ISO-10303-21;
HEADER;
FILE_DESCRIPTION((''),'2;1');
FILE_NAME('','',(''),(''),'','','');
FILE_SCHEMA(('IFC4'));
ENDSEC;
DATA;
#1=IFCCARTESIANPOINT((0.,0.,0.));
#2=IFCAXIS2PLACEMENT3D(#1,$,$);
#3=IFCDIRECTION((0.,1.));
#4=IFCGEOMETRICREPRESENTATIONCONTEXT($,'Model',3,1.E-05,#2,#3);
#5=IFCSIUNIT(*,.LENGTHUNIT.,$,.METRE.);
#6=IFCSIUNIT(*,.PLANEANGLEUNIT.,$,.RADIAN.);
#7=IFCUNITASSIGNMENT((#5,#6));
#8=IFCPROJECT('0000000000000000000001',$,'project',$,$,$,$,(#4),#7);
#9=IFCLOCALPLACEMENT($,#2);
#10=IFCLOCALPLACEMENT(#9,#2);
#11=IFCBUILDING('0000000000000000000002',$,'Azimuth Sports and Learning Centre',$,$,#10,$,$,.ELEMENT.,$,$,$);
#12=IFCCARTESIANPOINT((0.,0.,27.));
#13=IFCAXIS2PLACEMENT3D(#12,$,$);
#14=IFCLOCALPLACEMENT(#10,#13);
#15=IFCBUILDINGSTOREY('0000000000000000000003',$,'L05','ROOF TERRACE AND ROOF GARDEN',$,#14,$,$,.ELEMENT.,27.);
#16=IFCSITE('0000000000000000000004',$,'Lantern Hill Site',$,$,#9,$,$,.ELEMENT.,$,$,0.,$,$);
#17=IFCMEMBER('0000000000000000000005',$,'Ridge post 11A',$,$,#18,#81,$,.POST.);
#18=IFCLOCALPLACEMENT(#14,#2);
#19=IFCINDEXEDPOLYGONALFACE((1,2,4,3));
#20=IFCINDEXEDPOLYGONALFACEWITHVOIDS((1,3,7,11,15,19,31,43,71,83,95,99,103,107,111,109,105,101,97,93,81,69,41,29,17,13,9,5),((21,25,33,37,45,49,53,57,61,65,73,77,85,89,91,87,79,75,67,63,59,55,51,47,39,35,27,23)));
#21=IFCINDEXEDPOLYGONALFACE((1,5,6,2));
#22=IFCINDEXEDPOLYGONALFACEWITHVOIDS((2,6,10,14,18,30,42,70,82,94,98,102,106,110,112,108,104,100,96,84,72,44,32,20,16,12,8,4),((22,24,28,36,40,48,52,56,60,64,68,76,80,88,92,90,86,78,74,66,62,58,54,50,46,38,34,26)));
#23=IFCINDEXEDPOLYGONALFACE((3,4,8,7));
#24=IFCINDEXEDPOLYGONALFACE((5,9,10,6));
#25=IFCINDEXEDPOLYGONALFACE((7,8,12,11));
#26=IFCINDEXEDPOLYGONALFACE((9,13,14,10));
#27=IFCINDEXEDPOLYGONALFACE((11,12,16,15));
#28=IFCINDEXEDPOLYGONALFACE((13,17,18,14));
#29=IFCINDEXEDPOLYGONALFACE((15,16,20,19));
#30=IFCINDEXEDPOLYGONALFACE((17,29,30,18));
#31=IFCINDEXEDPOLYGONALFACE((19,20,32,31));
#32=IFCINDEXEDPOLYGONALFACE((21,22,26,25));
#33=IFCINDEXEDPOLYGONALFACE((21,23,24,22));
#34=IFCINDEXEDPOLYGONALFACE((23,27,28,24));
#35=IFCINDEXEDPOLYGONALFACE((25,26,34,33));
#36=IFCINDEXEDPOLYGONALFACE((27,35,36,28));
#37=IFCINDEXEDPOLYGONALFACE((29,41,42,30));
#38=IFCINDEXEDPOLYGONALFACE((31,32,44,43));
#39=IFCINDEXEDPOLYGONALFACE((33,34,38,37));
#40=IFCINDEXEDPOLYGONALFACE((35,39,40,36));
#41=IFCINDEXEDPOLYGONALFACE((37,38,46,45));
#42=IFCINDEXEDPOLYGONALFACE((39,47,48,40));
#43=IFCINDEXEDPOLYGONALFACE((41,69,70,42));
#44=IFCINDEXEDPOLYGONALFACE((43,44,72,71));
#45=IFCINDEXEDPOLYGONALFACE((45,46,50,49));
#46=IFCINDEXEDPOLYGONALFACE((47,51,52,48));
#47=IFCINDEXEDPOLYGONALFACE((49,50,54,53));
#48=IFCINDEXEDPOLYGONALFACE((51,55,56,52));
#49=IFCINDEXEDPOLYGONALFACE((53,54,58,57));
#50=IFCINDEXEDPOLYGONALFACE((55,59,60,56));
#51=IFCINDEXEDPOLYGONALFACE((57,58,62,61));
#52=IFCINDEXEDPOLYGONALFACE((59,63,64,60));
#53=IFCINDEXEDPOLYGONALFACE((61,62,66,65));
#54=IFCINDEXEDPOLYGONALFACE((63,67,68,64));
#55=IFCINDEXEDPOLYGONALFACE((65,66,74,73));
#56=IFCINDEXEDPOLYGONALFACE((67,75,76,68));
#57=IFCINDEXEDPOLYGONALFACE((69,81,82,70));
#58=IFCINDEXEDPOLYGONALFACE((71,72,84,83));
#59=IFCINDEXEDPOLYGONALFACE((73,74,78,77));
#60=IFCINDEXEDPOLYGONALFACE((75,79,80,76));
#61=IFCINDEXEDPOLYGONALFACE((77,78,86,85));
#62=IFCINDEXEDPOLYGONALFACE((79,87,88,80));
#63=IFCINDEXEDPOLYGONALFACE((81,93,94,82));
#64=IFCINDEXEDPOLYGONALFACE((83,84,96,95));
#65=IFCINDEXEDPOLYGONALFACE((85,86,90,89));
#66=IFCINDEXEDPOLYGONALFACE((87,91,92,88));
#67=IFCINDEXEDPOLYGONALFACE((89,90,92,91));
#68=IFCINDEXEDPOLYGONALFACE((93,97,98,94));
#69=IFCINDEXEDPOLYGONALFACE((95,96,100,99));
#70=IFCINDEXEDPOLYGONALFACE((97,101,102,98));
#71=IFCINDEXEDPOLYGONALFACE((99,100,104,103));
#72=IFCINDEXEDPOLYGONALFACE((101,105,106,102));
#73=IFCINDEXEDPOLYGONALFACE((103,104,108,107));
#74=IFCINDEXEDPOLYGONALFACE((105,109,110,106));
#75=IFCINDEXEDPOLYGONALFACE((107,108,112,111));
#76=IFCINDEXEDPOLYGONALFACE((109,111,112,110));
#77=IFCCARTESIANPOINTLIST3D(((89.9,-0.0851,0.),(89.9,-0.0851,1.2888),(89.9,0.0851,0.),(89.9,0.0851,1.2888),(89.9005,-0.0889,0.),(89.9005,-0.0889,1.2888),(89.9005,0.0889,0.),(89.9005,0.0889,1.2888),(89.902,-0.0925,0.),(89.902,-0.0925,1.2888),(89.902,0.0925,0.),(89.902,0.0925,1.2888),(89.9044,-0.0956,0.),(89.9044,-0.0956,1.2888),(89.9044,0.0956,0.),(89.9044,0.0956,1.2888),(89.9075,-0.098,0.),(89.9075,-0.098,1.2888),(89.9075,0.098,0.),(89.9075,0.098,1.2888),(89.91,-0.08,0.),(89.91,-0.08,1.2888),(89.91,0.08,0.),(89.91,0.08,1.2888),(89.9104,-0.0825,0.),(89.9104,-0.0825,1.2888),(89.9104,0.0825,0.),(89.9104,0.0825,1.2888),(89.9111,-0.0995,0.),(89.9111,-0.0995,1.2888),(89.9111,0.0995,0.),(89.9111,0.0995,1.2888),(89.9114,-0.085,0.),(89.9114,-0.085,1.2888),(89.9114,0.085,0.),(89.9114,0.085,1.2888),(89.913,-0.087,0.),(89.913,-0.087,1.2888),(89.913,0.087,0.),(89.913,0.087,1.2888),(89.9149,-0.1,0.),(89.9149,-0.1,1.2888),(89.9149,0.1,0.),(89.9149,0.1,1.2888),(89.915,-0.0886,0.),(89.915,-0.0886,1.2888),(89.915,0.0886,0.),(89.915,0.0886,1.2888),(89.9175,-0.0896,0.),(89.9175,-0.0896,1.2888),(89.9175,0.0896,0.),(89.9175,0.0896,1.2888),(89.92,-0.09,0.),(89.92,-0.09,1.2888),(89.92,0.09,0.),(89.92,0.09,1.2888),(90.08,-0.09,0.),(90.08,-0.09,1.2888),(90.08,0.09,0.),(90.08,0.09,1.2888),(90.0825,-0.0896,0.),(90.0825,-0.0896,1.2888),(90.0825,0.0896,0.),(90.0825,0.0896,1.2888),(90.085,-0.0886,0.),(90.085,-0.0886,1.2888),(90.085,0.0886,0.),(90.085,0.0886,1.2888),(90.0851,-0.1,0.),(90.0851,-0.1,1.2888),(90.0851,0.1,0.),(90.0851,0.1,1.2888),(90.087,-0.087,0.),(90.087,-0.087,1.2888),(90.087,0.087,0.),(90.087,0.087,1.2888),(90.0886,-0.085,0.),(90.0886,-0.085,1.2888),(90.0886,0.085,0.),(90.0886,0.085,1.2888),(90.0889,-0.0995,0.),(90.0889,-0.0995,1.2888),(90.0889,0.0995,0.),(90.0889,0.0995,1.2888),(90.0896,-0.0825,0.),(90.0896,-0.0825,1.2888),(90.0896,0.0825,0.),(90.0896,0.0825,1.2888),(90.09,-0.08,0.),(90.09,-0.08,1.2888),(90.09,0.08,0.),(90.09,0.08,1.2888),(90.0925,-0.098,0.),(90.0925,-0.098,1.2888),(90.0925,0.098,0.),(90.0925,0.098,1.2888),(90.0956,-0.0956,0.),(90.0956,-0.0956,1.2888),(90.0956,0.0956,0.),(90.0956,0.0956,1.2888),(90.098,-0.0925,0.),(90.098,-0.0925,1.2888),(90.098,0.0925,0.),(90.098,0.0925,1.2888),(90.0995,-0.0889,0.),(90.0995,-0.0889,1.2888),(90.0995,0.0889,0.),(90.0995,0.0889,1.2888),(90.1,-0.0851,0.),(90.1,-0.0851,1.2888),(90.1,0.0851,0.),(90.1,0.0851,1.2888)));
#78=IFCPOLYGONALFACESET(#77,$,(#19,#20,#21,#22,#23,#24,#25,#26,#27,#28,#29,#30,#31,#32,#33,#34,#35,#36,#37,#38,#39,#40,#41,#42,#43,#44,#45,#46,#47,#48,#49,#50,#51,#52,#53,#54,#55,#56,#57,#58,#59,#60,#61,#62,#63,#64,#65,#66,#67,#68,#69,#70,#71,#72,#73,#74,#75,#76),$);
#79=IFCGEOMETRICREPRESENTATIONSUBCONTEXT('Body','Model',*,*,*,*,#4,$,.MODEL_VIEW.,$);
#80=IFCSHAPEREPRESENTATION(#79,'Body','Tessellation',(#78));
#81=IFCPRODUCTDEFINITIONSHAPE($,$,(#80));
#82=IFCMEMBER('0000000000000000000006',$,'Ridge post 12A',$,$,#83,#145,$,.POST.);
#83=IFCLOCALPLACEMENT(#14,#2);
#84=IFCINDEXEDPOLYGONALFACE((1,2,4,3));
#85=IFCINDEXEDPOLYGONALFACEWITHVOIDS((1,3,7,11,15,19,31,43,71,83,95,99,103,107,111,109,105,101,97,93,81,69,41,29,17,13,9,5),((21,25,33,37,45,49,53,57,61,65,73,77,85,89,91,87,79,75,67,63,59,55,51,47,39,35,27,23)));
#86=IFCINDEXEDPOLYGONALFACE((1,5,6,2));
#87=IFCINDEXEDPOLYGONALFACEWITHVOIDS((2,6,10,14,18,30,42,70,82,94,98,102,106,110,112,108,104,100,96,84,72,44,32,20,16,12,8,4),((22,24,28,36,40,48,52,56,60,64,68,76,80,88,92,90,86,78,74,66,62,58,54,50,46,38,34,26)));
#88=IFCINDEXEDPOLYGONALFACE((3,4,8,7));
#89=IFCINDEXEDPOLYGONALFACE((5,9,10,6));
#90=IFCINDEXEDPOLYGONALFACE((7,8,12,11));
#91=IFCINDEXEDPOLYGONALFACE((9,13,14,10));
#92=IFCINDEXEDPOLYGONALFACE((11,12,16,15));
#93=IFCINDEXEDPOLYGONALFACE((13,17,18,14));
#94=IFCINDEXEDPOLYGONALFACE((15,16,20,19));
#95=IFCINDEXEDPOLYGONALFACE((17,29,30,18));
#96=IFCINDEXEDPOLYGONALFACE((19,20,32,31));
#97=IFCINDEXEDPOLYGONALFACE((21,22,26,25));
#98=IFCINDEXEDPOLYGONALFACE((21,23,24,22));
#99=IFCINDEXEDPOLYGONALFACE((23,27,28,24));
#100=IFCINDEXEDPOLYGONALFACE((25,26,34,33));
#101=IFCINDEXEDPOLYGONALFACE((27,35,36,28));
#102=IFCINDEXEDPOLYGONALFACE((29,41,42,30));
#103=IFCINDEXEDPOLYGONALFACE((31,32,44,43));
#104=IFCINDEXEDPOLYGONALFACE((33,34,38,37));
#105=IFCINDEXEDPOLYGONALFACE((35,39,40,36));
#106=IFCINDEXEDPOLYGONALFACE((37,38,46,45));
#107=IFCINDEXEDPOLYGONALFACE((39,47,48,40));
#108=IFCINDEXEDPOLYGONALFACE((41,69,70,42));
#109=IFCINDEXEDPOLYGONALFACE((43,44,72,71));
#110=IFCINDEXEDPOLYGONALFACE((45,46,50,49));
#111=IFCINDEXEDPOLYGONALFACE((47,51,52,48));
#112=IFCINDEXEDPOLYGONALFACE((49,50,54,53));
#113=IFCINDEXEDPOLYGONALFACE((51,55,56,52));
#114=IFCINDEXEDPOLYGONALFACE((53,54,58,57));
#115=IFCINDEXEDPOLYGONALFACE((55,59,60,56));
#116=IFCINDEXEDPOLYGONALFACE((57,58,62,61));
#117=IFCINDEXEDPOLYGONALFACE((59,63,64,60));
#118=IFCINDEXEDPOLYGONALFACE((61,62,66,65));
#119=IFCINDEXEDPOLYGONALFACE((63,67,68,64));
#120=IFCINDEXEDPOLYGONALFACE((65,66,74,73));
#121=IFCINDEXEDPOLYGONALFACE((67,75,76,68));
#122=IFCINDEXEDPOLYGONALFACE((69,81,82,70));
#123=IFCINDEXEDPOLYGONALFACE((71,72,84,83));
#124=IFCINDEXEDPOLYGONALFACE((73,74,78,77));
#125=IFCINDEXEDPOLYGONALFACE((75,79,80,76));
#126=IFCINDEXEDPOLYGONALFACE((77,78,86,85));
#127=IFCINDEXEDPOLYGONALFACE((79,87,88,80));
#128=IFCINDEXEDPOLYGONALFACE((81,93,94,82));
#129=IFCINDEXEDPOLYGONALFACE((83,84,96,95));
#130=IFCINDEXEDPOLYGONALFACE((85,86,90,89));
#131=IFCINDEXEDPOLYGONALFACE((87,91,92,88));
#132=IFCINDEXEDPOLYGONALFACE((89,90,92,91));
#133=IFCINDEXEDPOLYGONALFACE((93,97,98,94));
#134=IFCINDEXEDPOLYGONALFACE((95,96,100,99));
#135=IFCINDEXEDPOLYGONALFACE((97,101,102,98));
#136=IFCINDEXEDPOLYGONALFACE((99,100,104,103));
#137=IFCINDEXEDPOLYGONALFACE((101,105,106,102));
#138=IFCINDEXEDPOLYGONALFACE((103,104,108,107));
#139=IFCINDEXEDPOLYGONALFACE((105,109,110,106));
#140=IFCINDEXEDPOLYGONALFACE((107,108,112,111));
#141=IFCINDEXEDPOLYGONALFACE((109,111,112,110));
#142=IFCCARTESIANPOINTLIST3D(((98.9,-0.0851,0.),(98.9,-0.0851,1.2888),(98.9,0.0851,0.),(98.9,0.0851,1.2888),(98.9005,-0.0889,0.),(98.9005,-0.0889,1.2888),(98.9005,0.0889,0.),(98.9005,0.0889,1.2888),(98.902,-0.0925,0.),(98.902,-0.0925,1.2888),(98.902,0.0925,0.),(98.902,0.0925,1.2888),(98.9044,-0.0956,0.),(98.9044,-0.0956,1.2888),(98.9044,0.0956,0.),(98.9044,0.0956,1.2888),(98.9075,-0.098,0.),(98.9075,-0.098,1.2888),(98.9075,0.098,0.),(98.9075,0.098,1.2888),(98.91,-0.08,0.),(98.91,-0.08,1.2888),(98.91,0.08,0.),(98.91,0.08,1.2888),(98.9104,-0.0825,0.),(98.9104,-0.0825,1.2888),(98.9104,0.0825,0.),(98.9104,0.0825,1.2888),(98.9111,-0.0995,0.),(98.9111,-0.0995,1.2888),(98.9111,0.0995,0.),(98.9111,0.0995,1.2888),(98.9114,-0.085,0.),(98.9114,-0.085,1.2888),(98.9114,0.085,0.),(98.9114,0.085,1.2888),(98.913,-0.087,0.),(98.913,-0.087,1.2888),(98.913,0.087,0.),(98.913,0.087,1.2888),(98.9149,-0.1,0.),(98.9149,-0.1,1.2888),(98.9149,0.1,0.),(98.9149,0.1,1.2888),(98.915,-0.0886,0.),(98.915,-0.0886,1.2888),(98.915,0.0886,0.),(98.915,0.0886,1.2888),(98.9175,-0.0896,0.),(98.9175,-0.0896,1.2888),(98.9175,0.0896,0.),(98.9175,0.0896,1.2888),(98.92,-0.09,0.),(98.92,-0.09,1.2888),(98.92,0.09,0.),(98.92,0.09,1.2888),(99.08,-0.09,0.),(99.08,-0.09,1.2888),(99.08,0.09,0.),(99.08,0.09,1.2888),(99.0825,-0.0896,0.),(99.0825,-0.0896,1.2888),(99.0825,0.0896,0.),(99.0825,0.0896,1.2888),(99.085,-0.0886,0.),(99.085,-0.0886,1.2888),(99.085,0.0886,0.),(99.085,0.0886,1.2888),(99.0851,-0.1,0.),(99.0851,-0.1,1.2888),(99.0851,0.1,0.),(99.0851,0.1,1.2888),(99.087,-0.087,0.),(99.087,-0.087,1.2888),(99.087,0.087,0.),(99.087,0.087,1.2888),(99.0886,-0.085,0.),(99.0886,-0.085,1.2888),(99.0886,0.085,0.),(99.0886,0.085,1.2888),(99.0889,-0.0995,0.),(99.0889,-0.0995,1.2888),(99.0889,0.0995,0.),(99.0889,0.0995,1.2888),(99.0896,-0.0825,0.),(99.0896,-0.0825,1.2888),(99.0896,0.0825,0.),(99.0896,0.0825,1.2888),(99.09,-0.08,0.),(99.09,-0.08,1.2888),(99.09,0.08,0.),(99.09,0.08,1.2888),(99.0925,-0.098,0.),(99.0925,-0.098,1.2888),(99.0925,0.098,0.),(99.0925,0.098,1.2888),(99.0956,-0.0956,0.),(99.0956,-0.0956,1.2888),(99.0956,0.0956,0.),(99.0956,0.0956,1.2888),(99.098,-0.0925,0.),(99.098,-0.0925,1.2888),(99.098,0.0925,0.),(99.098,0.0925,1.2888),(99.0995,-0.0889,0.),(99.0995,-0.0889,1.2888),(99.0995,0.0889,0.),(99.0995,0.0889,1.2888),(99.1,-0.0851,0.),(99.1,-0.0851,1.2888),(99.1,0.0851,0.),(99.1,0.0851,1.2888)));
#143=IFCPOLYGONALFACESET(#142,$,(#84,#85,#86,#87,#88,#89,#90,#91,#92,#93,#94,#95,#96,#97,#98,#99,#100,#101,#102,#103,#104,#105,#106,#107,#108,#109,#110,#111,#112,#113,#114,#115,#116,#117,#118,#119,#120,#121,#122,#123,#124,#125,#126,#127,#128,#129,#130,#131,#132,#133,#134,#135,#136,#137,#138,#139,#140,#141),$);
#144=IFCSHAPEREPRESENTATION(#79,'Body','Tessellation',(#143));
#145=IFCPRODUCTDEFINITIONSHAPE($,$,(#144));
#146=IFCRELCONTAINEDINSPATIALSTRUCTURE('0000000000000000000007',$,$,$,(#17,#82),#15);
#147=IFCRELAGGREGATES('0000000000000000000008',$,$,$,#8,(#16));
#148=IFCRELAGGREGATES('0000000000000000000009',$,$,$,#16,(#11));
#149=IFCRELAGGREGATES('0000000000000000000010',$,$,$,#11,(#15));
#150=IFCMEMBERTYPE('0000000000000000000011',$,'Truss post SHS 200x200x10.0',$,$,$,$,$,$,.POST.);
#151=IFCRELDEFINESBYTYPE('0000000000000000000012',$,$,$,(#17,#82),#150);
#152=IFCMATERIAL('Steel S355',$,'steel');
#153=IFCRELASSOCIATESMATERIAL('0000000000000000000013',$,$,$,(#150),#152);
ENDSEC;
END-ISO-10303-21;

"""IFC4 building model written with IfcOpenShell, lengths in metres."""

from ifc_helpers import new_model, si_unit, direction, frame, origin, origin_2d, place, context, subcontext, project, spatial, hollow_rectangle, extrude, material, material_profile, profile_set, type_object, element, save


model = new_model("IFC4")

# Units and contexts
model_context = context("Model", 3, precision=1e-05, world=origin(), true_north=direction((0.0, 1.0)))
body_context = subcontext(model_context, "Body", "Model", "MODEL_VIEW")
ifc_project = project(units=[si_unit("LENGTHUNIT", "METRE"), si_unit("PLANEANGLEUNIT", "RADIAN")], contexts=[model_context])

# Site, building, storey
site_placement = place(None, origin())
site = spatial("IfcSite", under=ifc_project, at=site_placement, Name="Lantern Hill Site", CompositionType="ELEMENT", RefElevation=0.0)
building_placement = place(site_placement, origin())
building = spatial("IfcBuilding", under=site, at=building_placement, Name="Azimuth Sports and Learning Centre", CompositionType="ELEMENT")
storey_placement = place(building_placement, frame((0.0, 0.0, 27.0)))
storey = spatial("IfcBuildingStorey", under=building, at=storey_placement, Name="L05", Description="ROOF TERRACE AND ROOF GARDEN", CompositionType="ELEMENT", Elevation=27.0)

# Members
ifc_material_1 = material(Name="Steel S355", Category="steel")
ifc_material_profile_1 = material_profile(ifc_material_1, hollow_rectangle(XDim=0.2, YDim=0.2, WallThickness=0.01, InnerFilletRadius=0.01, OuterFilletRadius=0.0149, at=origin_2d()), Name="SHS 200x200x10.0")
ifc_profile_set_1 = profile_set([ifc_material_profile_1], Name="Steel S355")
member_type_1 = type_object("IfcMemberType", Name="Truss post SHS 200x200x10.0", PredefinedType="POST", material=ifc_profile_set_1)
for number, where, z_axis, x_axis, name in (
    (1, (90.0, 0.0, 0.0), (0.0, 0.0, 1.0), (1.0, 0.0, 0.0), "Ridge post 11A"),
    (2, (99.0, 0.0, 0.0), (0.0, 0.0, 1.0), (1.0, 0.0, 0.0), "Ridge post 12A"),
):
    element("IfcMember", number, at=place(storey_placement, frame(where, z_axis=z_axis, x_axis=x_axis)), inside=storey, type_object=member_type_1, Name=name, PredefinedType="POST", context=body_context, shape_type="SweptSolid", body=[
        extrude(hollow_rectangle(XDim=0.2, YDim=0.2, WallThickness=0.01, InnerFilletRadius=0.01, OuterFilletRadius=0.0149, at=origin_2d()), origin(), (0.0, 0.0, 1.0), 1.2888),
    ])

save(model, "model.ifc")
